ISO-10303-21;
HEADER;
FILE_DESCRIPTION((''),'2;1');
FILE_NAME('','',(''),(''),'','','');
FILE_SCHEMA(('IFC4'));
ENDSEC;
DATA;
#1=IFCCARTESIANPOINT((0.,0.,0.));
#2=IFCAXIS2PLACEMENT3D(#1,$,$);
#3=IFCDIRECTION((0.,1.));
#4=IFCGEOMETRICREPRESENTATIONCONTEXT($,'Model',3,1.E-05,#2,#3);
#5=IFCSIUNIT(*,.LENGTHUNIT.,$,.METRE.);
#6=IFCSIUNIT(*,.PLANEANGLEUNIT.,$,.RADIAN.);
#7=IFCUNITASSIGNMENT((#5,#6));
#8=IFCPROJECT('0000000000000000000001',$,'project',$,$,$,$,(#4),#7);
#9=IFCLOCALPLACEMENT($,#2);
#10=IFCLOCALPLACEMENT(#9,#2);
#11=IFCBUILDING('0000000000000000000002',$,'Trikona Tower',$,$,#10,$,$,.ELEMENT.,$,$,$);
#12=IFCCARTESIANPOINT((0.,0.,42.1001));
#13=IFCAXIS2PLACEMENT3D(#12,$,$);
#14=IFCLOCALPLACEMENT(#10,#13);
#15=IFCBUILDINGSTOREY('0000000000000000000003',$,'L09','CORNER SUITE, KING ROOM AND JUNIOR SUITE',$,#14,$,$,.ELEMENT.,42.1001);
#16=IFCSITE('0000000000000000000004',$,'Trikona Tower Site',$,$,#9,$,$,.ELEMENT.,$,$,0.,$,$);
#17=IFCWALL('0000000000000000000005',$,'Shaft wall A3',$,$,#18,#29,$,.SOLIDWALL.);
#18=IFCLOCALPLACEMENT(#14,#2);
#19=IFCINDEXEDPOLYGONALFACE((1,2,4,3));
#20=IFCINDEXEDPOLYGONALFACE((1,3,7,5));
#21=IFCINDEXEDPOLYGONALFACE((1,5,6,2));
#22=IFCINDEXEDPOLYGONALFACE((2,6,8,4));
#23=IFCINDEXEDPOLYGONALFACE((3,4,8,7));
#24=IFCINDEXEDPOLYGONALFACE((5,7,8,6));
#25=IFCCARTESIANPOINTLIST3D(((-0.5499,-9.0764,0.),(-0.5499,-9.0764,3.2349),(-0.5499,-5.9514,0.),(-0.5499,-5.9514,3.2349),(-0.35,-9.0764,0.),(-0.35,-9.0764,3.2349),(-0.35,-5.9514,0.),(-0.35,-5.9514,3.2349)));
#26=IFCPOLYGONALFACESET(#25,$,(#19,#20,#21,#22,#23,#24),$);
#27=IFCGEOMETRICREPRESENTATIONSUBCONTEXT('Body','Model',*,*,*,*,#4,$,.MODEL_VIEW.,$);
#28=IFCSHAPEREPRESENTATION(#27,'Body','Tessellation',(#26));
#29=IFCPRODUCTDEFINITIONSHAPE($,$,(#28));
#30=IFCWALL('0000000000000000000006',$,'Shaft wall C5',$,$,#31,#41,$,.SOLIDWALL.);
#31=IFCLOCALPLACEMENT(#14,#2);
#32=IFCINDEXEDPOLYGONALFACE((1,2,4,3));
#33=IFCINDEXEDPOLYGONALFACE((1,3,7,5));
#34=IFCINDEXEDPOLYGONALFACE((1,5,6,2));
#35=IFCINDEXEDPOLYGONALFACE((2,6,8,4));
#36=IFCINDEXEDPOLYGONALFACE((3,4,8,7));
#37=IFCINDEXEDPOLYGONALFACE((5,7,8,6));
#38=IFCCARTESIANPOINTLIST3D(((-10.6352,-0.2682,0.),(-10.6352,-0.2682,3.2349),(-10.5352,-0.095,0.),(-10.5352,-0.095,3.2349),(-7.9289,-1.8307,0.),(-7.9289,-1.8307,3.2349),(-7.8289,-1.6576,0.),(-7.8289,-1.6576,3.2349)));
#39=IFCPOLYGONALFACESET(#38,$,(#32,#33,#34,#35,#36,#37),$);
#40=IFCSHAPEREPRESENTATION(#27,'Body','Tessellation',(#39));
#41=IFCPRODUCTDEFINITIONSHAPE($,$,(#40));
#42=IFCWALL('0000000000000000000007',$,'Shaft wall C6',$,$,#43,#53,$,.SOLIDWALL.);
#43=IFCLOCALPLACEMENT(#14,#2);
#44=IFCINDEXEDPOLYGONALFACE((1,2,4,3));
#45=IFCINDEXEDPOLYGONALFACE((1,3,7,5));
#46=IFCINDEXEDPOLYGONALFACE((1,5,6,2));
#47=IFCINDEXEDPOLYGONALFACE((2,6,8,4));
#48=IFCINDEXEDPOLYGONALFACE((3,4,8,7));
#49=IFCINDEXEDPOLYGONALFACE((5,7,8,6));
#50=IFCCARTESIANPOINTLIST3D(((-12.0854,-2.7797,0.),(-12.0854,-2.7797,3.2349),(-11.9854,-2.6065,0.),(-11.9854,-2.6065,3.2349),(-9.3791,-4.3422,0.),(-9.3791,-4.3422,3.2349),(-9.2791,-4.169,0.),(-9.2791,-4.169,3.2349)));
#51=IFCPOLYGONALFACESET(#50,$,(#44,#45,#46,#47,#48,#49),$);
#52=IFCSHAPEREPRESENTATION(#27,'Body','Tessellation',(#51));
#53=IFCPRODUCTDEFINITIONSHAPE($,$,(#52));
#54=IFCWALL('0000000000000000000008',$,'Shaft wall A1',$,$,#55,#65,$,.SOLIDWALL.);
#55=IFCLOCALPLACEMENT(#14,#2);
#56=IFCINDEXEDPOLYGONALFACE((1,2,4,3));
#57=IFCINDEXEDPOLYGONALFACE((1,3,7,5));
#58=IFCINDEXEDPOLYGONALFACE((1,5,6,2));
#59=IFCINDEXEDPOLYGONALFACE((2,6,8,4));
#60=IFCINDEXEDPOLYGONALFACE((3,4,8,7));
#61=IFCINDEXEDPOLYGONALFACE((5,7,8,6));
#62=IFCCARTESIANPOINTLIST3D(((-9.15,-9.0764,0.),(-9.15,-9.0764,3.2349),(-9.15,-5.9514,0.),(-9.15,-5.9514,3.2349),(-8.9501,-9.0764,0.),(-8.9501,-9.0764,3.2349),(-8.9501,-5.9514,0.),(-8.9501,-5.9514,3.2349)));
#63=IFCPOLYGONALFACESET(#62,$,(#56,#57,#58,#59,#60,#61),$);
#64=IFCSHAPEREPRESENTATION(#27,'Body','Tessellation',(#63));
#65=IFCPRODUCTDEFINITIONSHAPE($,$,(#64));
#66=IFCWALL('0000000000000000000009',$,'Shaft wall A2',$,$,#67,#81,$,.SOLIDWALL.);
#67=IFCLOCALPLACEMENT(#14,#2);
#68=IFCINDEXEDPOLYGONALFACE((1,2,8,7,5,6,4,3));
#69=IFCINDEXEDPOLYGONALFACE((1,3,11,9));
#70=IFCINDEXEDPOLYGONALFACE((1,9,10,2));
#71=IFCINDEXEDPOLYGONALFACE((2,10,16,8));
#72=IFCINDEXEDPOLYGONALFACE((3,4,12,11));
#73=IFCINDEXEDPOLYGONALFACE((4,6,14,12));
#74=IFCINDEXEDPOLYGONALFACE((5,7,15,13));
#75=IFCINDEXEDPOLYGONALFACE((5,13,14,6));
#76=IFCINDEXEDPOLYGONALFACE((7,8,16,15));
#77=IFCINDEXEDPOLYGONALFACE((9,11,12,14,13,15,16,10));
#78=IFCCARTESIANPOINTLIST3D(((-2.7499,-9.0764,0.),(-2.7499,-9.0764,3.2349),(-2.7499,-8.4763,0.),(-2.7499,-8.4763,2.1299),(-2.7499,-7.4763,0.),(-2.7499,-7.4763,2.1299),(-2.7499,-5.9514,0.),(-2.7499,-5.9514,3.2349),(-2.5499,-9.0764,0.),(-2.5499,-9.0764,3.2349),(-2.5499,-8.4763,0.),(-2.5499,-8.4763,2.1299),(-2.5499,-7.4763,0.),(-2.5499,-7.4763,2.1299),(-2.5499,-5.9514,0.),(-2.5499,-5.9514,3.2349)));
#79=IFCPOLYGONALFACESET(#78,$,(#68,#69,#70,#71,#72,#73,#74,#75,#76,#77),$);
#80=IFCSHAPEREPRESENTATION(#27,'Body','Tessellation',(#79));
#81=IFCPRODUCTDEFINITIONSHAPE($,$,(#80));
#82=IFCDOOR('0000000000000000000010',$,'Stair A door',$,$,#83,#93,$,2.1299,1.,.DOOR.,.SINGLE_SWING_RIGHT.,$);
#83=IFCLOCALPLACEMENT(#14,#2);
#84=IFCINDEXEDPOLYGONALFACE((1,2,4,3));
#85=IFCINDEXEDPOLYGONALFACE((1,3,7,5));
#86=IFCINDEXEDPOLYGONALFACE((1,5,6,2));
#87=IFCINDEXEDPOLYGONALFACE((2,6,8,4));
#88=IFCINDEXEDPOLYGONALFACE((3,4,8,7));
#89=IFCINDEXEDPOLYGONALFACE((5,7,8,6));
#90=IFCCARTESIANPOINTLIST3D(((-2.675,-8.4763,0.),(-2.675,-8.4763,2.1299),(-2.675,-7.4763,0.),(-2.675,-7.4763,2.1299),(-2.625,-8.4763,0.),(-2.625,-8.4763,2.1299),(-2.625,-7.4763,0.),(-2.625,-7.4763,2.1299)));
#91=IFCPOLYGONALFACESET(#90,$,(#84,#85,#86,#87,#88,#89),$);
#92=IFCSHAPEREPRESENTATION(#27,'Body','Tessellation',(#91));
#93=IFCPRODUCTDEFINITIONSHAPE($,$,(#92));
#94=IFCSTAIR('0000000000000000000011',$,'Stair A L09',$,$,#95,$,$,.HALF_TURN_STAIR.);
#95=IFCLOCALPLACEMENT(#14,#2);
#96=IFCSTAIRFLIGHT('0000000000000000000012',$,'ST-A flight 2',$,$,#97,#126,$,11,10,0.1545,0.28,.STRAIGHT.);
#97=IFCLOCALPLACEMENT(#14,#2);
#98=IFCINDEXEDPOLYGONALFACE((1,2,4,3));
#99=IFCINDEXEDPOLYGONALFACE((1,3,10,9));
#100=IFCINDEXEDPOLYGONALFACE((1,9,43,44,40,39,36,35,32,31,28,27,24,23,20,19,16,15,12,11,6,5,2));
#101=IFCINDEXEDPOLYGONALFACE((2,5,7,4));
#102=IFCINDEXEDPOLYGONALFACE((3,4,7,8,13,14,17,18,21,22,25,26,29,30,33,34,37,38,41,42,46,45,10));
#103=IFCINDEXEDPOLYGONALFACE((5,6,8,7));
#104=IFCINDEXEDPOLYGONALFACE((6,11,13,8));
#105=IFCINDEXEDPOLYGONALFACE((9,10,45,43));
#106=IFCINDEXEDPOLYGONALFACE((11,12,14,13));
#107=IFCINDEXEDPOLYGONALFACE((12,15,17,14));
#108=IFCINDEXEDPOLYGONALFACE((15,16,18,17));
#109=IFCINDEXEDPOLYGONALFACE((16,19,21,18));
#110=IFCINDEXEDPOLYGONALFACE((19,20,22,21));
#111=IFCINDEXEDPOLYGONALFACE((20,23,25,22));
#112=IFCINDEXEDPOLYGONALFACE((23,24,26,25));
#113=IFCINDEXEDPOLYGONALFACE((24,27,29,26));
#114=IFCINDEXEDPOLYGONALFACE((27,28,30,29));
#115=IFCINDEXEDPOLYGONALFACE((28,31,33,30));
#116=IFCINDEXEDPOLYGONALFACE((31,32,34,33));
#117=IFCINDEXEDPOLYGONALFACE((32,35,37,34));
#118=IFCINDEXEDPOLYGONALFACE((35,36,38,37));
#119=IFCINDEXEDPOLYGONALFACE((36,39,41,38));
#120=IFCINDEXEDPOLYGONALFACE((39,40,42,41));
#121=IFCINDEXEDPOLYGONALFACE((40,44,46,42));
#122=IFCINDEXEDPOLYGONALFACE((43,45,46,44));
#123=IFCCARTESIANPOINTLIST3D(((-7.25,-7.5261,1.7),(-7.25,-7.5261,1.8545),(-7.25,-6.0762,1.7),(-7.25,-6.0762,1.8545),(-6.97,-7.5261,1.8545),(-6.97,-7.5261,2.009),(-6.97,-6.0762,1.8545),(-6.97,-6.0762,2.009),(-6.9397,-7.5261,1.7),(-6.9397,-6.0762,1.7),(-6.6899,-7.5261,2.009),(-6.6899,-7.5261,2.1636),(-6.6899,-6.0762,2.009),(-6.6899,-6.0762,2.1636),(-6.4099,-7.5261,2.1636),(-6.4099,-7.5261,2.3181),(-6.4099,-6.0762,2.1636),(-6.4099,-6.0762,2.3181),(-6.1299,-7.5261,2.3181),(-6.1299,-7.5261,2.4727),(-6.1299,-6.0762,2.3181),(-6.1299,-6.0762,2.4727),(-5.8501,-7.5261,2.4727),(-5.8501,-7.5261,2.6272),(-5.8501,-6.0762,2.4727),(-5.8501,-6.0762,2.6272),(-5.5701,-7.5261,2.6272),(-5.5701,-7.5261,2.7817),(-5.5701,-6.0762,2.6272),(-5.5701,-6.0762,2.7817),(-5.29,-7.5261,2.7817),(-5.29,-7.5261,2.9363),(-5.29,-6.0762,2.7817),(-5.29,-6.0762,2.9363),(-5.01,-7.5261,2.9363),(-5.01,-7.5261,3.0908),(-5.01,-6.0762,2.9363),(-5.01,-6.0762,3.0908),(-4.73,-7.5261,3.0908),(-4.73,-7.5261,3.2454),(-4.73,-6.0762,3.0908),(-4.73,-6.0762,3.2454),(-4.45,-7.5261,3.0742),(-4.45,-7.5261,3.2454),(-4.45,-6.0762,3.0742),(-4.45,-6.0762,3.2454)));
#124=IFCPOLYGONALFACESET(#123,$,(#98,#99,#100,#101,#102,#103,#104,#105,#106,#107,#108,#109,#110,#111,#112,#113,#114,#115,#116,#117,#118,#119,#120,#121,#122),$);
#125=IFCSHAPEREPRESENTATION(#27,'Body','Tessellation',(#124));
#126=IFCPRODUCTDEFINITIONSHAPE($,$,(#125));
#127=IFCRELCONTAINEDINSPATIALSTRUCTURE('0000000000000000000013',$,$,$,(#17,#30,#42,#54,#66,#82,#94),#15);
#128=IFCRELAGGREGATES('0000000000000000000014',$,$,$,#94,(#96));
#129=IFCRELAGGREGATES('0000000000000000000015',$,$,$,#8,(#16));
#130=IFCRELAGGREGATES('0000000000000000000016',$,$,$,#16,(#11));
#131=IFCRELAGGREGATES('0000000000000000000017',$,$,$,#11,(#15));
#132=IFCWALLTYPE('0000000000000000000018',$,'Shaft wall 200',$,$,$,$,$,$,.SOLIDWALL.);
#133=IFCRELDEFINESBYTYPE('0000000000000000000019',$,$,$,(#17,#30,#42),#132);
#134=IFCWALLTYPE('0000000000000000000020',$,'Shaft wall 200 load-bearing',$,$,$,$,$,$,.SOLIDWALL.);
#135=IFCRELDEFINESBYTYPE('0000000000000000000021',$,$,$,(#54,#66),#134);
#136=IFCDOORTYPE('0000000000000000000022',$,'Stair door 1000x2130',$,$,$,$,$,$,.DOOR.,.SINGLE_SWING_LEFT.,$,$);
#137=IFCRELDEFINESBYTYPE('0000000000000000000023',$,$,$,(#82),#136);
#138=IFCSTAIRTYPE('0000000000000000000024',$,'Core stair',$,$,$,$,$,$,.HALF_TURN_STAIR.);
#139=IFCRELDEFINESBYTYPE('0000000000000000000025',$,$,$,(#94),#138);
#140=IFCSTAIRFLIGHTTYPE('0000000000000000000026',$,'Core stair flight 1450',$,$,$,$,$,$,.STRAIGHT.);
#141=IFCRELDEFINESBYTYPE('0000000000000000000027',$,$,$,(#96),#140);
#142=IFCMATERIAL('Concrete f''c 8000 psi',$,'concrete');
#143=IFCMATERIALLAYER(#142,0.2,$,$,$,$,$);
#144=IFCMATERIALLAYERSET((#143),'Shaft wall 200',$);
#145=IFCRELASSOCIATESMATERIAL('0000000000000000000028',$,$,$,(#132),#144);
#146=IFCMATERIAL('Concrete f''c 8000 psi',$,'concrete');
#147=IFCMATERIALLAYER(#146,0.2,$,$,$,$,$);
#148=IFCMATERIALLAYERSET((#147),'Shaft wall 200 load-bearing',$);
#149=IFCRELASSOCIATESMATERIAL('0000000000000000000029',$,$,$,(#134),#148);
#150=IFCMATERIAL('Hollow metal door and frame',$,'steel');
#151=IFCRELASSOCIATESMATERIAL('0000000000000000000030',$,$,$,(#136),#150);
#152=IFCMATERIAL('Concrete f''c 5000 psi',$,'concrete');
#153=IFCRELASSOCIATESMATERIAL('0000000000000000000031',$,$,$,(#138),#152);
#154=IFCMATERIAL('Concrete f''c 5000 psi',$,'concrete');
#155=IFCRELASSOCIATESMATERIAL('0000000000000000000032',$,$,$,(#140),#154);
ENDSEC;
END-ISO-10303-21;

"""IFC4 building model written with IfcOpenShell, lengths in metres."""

from ifc_helpers import new_model, si_unit, direction, frame, frame_2d, origin, place, context, subcontext, project, spatial, polyline, rectangle, outline, extrude, material, layer, layer_set, type_object, element, fill, aggregate, save


model = new_model("IFC4")

# Units and contexts
model_context = context("Model", 3, precision=1e-05, world=origin(), true_north=direction((0.0, 1.0)))
body_context = subcontext(model_context, "Body", "Model", "MODEL_VIEW")
ifc_project = project(units=[si_unit("LENGTHUNIT", "METRE"), si_unit("PLANEANGLEUNIT", "RADIAN")], contexts=[model_context])

# Site, building, storey
site_placement = place(None, origin())
site = spatial("IfcSite", under=ifc_project, at=site_placement, Name="Trikona Tower Site", CompositionType="ELEMENT", RefElevation=0.0)
building_placement = place(site_placement, origin())
building = spatial("IfcBuilding", under=site, at=building_placement, Name="Trikona Tower", CompositionType="ELEMENT")
storey_placement = place(building_placement, frame((0.0, 0.0, 42.1001)))
storey = spatial("IfcBuildingStorey", under=building, at=storey_placement, Name="L09", Description="CORNER SUITE, KING ROOM AND JUNIOR SUITE", CompositionType="ELEMENT", Elevation=42.1001)

# Walls
ifc_material_1 = material(Name="Concrete f'c 8000 psi", Category="concrete")
ifc_layer_1 = layer(ifc_material_1, 0.2)
ifc_layer_set_1 = layer_set([ifc_layer_1], Name="Shaft wall 200")
wall_type_1 = type_object("IfcWallType", Name="Shaft wall 200", PredefinedType="SOLIDWALL", material=ifc_layer_set_1)
for number, where, z_axis, x_axis, name in (
    (1, (-0.45, -5.9514, 0.0), (0.0, 0.0, 1.0), (0.0, -1.0, 0.0), "Shaft wall A3"),
    (2, (-7.8789, -1.7441, 0.0), (0.0, 0.0, 1.0), (-0.866023, 0.500004, 0.0), "Shaft wall C5"),
    (3, (-9.3291, -4.2556, 0.0), (0.0, 0.0, 1.0), (-0.866023, 0.500004, 0.0), "Shaft wall C6"),
):
    element("IfcWall", number, at=place(storey_placement, frame(where, z_axis=z_axis, x_axis=x_axis)), inside=storey, type_object=wall_type_1, Name=name, PredefinedType="SOLIDWALL", context=body_context, shape_type="SweptSolid", body=[
        extrude(rectangle(XDim=3.125, YDim=0.2, at=frame_2d((1.5625, 0.0))), origin(), (0.0, 0.0, 1.0), 3.2349),
    ])
ifc_material_2 = material(Name="Concrete f'c 8000 psi", Category="concrete")
ifc_layer_2 = layer(ifc_material_2, 0.2)
ifc_layer_set_2 = layer_set([ifc_layer_2], Name="Shaft wall 200 load-bearing")
wall_type_2 = type_object("IfcWallType", Name="Shaft wall 200 load-bearing", PredefinedType="SOLIDWALL", material=ifc_layer_set_2)
wall_1_placement = place(storey_placement, frame((-9.05, -5.9514, 0.0), z_axis=(0.0, 0.0, 1.0), x_axis=(0.0, -1.0, 0.0)))
element("IfcWall", 4, at=wall_1_placement, inside=storey, type_object=wall_type_2, Name="Shaft wall A1", PredefinedType="SOLIDWALL", context=body_context, shape_type="SweptSolid", body=[
    extrude(rectangle(XDim=3.125, YDim=0.2, at=frame_2d((1.5625, 0.0))), origin(), (0.0, 0.0, 1.0), 3.2349),
])

# Wall, opening, door
wall_2_placement = place(storey_placement, frame((-2.6499, -5.9514, 0.0), z_axis=(0.0, 0.0, 1.0), x_axis=(0.0, -1.0, 0.0)))
wall_2 = element("IfcWall", 5, at=wall_2_placement, inside=storey, type_object=wall_type_2, Name="Shaft wall A2", PredefinedType="SOLIDWALL", context=body_context, shape_type="SweptSolid", body=[
    extrude(rectangle(XDim=3.125, YDim=0.2, at=frame_2d((1.5625, 0.0))), origin(), (0.0, 0.0, 1.0), 3.2349),
])
opening_1_placement = place(wall_2_placement, frame((1.5249, 0.0, 0.0)))
opening_1 = element("IfcOpeningElement", 6, at=opening_1_placement, cuts=wall_2, PredefinedType="OPENING", context=body_context, shape_type="SweptSolid", body=[
    extrude(rectangle(XDim=1.0, YDim=2.1299, at=frame_2d((0.5, 1.0649))), frame((0.0, 0.1099, 0.0), z_axis=(0.0, -1.0, 0.0), x_axis=(1.0, 0.0, 0.0)), (0.0, 0.0, 1.0), 0.22),
])
ifc_material_3 = material(Name="Hollow metal door and frame", Category="steel")
door_type_1 = type_object("IfcDoorType", Name="Stair door 1000x2130", OperationType="SINGLE_SWING_LEFT", PredefinedType="DOOR", material=ifc_material_3)
door_1_placement = place(opening_1_placement, origin())
door_1 = element("IfcDoor", 7, at=door_1_placement, inside=storey, type_object=door_type_1, Name="Stair A door", OperationType="SINGLE_SWING_RIGHT", OverallHeight=2.1299, OverallWidth=1.0, PredefinedType="DOOR", context=body_context, shape_type="SweptSolid", body=[
    extrude(rectangle(XDim=1.0, YDim=2.1299, at=frame_2d((0.5, 1.0649))), frame((0.0, 0.0249, 0.0), z_axis=(0.0, -1.0, 0.0), x_axis=(1.0, 0.0, 0.0)), (0.0, 0.0, 1.0), 0.05),
])
fill(opening_1, door_1)

# Stair, stair flight
ifc_material_4 = material(Name="Concrete f'c 5000 psi", Category="concrete")
stair_type = type_object("IfcStairType", Name="Core stair", PredefinedType="HALF_TURN_STAIR", material=ifc_material_4)
stair_placement = place(storey_placement, origin())
stair = element("IfcStair", 8, at=stair_placement, inside=storey, type_object=stair_type, Name="Stair A L09", PredefinedType="HALF_TURN_STAIR")
ifc_material_5 = material(Name="Concrete f'c 5000 psi", Category="concrete")
stair_flight_type = type_object("IfcStairFlightType", Name="Core stair flight 1450", PredefinedType="STRAIGHT", material=ifc_material_5)
stair_flight_placement = place(storey_placement, frame((-7.25, -6.8013, 1.7), z_axis=(0.0, 0.0, 1.0), x_axis=(1.0, 0.0, 0.0)))
stair_flight = element("IfcStairFlight", 9, at=stair_flight_placement, type_object=stair_flight_type, Name="ST-A flight 2", NumberOfRisers=11, NumberOfTreads=10, PredefinedType="STRAIGHT", RiserHeight=0.1545, TreadLength=0.28, context=body_context, shape_type="SweptSolid", body=[
    extrude(outline(polyline([(0.0, 0.0), (0.0, 0.1545), (0.28, 0.1545), (0.28, 0.3091), (0.5601, 0.3091), (0.5601, 0.4636), (0.8401, 0.4636), (0.8401, 0.6182), (1.1201, 0.6182), (1.1201, 0.7727), (1.3999, 0.7727), (1.3999, 0.9272), (1.6799, 0.9272), (1.6799, 1.0818), (1.96, 1.0818), (1.96, 1.2363), (2.24, 1.2363), (2.24, 1.3909), (2.52, 1.3909), (2.52, 1.5454), (2.8, 1.5454), (2.8, 1.7), (2.8, 1.3743), (0.3103, 0.0), (0.0, 0.0)])), frame((0.0, 0.7251, 0.0), z_axis=(0.0, -1.0, 0.0), x_axis=(1.0, 0.0, 0.0)), (0.0, 0.0, 1.0), 1.45),
])
aggregate(stair, [stair_flight])

save(model, "model.ifc")
